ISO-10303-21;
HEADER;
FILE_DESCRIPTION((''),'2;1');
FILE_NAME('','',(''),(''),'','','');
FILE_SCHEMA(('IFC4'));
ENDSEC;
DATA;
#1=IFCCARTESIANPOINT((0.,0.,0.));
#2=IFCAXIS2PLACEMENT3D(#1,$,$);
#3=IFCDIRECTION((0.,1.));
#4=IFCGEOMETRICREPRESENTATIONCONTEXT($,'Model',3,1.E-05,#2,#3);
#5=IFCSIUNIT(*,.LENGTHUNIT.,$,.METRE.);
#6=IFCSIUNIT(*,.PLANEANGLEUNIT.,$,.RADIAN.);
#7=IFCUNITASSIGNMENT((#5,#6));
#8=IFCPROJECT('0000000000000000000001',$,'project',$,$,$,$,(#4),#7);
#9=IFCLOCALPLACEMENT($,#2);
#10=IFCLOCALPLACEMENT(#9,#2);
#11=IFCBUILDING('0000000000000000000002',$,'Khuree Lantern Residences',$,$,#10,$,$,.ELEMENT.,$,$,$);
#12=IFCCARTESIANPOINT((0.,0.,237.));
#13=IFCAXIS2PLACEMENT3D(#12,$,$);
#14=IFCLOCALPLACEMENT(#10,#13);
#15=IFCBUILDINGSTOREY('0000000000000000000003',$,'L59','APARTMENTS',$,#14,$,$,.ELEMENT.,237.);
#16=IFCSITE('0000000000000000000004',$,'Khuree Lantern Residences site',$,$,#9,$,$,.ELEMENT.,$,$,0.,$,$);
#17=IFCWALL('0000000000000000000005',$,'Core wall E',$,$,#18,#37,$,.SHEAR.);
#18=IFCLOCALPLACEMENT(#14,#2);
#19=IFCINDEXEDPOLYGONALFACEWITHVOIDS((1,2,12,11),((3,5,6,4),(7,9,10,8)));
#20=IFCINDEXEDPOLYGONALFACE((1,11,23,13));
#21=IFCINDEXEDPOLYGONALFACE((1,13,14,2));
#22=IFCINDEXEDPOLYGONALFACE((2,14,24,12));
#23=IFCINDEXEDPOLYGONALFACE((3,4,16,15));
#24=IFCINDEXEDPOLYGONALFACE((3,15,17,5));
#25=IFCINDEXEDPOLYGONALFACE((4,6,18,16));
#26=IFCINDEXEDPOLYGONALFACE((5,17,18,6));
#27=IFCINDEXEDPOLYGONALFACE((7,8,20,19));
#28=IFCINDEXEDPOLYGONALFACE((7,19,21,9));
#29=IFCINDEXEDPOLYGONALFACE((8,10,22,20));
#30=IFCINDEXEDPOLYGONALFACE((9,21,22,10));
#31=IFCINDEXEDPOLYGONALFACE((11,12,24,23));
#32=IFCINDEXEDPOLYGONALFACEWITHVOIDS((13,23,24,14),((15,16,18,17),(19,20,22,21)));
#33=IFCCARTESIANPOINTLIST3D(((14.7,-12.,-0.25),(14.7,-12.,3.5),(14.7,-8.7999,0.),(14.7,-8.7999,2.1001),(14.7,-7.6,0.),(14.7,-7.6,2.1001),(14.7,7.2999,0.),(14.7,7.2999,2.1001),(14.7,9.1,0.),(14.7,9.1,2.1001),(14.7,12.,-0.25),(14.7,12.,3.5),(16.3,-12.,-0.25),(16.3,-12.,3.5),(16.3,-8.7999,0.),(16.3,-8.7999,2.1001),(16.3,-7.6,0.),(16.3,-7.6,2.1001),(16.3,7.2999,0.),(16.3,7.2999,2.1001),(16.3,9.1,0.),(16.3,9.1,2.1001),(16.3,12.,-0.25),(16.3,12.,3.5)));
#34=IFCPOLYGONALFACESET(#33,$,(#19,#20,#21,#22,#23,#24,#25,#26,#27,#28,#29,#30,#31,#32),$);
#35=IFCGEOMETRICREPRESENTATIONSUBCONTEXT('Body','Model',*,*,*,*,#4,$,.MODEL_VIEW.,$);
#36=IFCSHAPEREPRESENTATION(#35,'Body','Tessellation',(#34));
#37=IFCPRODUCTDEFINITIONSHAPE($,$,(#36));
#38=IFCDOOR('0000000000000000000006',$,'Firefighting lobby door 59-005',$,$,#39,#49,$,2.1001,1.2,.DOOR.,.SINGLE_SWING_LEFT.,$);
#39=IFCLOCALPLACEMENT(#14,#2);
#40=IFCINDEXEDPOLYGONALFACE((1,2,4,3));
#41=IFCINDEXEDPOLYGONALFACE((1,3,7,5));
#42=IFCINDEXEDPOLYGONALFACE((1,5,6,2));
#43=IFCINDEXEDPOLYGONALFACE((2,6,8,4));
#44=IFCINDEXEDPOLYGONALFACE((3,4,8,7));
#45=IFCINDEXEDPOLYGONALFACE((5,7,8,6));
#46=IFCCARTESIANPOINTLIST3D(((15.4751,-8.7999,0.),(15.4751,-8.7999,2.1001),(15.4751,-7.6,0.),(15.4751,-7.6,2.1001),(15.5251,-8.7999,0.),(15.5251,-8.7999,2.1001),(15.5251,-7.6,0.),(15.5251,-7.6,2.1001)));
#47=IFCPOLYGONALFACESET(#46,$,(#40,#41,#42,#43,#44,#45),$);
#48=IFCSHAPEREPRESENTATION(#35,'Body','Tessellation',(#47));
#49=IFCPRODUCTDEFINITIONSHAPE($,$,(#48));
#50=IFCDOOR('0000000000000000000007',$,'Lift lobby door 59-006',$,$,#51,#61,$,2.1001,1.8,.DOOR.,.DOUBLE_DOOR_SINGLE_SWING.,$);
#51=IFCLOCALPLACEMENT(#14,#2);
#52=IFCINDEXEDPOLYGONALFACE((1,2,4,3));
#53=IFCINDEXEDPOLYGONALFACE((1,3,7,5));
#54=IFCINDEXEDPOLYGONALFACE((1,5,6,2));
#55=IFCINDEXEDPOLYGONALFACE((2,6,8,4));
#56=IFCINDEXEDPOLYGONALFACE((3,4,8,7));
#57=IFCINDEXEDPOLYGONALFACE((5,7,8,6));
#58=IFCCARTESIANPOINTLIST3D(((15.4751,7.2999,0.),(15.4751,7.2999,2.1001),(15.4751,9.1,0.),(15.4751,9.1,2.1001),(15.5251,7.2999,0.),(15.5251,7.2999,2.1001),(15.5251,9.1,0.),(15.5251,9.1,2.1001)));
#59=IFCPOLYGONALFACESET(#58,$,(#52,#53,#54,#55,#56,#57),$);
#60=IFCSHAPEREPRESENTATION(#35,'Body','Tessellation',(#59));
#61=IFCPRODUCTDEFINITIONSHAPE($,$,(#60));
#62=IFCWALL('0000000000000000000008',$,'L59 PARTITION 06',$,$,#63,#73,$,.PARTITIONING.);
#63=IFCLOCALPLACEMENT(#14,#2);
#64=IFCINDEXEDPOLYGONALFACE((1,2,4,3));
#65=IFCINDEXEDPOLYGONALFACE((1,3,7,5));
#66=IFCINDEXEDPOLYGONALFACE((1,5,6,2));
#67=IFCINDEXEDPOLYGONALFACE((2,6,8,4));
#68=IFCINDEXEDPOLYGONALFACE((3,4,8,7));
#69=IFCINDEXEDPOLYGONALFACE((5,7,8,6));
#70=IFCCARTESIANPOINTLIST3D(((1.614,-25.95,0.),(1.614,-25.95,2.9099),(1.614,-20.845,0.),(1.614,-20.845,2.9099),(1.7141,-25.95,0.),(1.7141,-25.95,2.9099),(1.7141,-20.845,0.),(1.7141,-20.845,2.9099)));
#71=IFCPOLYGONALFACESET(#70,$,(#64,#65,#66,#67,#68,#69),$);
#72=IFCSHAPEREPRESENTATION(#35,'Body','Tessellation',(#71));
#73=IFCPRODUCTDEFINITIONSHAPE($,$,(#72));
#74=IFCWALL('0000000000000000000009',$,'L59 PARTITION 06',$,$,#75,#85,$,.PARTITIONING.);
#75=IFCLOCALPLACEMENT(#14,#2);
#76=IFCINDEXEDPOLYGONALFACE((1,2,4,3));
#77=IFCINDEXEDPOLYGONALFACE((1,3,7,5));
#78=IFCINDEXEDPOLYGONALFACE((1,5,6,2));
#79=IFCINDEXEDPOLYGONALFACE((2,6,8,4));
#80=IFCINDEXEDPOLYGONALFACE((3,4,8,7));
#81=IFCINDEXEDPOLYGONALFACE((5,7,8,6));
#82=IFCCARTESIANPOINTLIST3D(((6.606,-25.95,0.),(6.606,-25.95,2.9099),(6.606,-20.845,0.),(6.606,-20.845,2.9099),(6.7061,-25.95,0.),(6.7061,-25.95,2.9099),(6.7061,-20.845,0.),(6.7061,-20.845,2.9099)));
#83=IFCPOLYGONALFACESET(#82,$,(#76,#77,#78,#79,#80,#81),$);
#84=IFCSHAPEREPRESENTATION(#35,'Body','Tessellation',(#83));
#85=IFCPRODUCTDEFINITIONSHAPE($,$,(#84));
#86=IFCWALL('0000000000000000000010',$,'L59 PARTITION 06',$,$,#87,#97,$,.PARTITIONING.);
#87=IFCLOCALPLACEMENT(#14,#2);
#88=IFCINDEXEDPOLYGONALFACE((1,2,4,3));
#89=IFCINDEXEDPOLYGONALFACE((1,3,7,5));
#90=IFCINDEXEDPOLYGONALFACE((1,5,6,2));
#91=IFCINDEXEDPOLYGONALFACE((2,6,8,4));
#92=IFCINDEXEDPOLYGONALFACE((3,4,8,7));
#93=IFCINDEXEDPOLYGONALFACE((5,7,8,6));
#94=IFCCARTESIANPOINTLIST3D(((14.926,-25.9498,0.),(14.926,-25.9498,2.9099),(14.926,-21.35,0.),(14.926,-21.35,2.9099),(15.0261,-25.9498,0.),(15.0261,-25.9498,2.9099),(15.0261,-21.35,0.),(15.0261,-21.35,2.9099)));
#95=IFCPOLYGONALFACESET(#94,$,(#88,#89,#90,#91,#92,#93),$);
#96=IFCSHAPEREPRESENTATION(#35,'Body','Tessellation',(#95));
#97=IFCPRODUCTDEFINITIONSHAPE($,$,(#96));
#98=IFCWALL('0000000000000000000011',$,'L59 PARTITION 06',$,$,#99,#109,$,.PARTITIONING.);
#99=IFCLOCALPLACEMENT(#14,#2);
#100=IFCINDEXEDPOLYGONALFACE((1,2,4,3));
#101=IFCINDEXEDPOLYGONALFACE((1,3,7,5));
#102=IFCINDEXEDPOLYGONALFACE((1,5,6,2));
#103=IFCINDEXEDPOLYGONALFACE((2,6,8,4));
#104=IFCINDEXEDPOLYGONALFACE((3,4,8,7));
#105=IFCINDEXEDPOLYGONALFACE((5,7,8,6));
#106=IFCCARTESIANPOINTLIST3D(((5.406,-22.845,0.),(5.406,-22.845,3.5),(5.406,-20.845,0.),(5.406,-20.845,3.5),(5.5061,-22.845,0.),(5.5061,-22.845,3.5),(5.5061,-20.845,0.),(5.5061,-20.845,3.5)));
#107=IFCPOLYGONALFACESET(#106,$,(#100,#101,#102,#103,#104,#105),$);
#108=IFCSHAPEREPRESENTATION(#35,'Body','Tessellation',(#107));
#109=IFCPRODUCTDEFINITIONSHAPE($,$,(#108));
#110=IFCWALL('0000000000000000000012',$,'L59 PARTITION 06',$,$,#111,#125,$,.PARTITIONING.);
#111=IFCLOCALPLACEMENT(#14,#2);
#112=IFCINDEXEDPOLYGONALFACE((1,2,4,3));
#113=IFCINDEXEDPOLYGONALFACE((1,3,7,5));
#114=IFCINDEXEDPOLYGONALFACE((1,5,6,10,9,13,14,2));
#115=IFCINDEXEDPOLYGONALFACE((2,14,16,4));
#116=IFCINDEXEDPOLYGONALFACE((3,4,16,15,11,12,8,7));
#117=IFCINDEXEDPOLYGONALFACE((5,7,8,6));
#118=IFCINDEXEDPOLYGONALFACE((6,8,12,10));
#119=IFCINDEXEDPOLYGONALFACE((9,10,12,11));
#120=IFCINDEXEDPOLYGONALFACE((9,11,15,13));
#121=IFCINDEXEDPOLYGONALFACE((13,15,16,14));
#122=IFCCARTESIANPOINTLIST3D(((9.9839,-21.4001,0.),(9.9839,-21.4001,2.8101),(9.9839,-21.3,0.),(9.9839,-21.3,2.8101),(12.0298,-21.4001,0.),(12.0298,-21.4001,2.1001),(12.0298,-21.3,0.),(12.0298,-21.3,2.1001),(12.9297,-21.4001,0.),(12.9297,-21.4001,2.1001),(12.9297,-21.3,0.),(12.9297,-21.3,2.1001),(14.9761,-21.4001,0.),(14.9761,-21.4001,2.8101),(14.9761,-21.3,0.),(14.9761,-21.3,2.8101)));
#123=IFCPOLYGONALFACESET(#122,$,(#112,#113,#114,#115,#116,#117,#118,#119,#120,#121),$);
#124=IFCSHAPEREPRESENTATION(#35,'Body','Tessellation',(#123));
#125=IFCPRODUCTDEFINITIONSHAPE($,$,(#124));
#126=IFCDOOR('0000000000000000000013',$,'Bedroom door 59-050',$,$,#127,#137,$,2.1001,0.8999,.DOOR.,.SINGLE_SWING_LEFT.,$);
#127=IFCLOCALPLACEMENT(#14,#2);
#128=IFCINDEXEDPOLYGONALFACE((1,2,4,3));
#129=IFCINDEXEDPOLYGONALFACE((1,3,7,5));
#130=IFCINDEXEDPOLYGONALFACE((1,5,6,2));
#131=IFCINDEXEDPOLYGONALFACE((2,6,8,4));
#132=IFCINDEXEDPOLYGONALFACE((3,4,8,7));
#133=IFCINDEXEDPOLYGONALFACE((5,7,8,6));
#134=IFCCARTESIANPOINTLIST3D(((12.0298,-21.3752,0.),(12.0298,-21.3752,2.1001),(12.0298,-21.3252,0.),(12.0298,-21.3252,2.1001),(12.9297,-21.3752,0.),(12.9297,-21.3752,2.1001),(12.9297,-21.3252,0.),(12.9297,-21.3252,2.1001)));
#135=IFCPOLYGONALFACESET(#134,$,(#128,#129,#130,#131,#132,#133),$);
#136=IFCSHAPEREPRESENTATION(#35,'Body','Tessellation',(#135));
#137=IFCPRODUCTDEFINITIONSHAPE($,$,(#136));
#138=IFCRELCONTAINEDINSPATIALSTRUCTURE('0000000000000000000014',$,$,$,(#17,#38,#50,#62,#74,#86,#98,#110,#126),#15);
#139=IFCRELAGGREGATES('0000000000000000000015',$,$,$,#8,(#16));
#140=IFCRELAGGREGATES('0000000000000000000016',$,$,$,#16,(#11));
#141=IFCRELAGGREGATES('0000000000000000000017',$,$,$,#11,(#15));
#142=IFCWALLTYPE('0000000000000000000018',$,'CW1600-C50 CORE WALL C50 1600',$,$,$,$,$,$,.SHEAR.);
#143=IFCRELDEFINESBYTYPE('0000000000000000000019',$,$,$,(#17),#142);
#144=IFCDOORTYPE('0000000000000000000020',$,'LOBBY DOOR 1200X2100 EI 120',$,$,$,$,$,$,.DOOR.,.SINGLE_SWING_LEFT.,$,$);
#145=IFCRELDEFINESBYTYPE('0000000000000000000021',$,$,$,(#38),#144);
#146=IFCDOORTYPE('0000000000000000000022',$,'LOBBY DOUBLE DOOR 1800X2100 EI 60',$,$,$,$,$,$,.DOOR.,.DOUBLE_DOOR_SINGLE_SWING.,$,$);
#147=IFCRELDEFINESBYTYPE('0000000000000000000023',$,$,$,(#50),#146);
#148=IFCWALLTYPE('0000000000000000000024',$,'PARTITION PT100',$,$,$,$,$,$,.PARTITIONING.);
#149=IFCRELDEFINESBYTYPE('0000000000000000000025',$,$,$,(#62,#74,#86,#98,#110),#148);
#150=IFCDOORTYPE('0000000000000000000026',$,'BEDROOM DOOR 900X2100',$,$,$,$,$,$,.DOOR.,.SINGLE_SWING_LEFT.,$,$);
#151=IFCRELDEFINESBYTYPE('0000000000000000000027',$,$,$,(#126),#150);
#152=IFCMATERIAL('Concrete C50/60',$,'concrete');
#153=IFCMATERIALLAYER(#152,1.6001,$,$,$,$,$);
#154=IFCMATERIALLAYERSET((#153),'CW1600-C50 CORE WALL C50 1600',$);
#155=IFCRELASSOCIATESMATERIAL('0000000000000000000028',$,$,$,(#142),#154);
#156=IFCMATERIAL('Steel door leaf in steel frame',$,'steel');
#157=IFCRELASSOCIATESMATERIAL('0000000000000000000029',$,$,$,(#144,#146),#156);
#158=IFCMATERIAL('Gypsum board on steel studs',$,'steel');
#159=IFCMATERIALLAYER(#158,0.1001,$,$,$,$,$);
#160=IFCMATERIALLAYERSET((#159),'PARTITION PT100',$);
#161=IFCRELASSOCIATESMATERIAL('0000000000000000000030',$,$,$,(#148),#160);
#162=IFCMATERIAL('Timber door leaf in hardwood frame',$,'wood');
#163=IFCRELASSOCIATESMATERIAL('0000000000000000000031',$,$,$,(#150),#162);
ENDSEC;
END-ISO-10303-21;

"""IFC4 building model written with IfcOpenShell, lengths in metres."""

from ifc_helpers import new_model, si_unit, direction, frame, frame_2d, origin, place, context, subcontext, project, spatial, rectangle, extrude, material, layer, layer_set, type_object, element, fill, save


model = new_model("IFC4")

# Units and contexts
model_context = context("Model", 3, precision=1e-05, world=origin(), true_north=direction((0.0, 1.0)))
body_context = subcontext(model_context, "Body", "Model", "MODEL_VIEW")
ifc_project = project(units=[si_unit("LENGTHUNIT", "METRE"), si_unit("PLANEANGLEUNIT", "RADIAN")], contexts=[model_context])

# Site, building, storey
site_placement = place(None, origin())
site = spatial("IfcSite", under=ifc_project, at=site_placement, Name="Khuree Lantern Residences site", CompositionType="ELEMENT", RefElevation=0.0)
building_placement = place(site_placement, origin())
building = spatial("IfcBuilding", under=site, at=building_placement, Name="Khuree Lantern Residences", CompositionType="ELEMENT")
storey_placement = place(building_placement, frame((0.0, 0.0, 237.0)))
storey = spatial("IfcBuildingStorey", under=building, at=storey_placement, Name="L59", Description="APARTMENTS", CompositionType="ELEMENT", Elevation=237.0)

# Shared definitions
ifc_material_1 = material(Name="Concrete C50/60", Category="concrete")

# Shared definitions
ifc_material_2 = material(Name="Gypsum board on steel studs", Category="steel")

# Wall, openings, doors
ifc_material_3 = material(Name="Timber door leaf in hardwood frame", Category="wood")
ifc_layer_1 = layer(ifc_material_1, 1.6001)
ifc_layer_set_1 = layer_set([ifc_layer_1], Name="CW1600-C50 CORE WALL C50 1600")
wall_type_1 = type_object("IfcWallType", Name="CW1600-C50 CORE WALL C50 1600", PredefinedType="SHEAR", material=ifc_layer_set_1)
wall_1_placement = place(storey_placement, frame((15.5, -12.0, -0.25), z_axis=(0.0, 0.0, 1.0), x_axis=(0.0, 1.0, 0.0)))
wall_1 = element("IfcWall", 1, at=wall_1_placement, inside=storey, type_object=wall_type_1, Name="Core wall E", PredefinedType="SHEAR", context=body_context, shape_type="SweptSolid", body=[
    extrude(rectangle(XDim=24.0, YDim=1.6001, at=frame_2d((12.0, 0.0))), origin(), (0.0, 0.0, 1.0), 3.75),
])
opening_1_placement = place(wall_1_placement, frame((3.2, 0.0, 0.25)))
opening_1 = element("IfcOpeningElement", 2, at=opening_1_placement, cuts=wall_1, PredefinedType="OPENING", context=body_context, shape_type="SweptSolid", body=[
    extrude(rectangle(XDim=1.2, YDim=2.1001, at=frame_2d((0.6001, 1.05))), frame((0.0, 0.8101, 0.0), z_axis=(0.0, -1.0, 0.0), x_axis=(1.0, 0.0, 0.0)), (0.0, 0.0, 1.0), 1.6201),
])
opening_2_placement = place(wall_1_placement, frame((19.3, 0.0, 0.25)))
opening_2 = element("IfcOpeningElement", 3, at=opening_2_placement, cuts=wall_1, PredefinedType="OPENING", context=body_context, shape_type="SweptSolid", body=[
    extrude(rectangle(XDim=1.8, YDim=2.1001, at=frame_2d((0.8999, 1.05))), frame((0.0, 0.8101, 0.0), z_axis=(0.0, -1.0, 0.0), x_axis=(1.0, 0.0, 0.0)), (0.0, 0.0, 1.0), 1.6201),
])
ifc_material_4 = material(Name="Steel door leaf in steel frame", Category="steel")
door_type_1 = type_object("IfcDoorType", Name="LOBBY DOOR 1200X2100 EI 120", OperationType="SINGLE_SWING_LEFT", PredefinedType="DOOR", material=ifc_material_4)
door_1_placement = place(opening_1_placement, origin())
door_1 = element("IfcDoor", 4, at=door_1_placement, inside=storey, type_object=door_type_1, Name="Firefighting lobby door 59-005", OperationType="SINGLE_SWING_LEFT", OverallHeight=2.1001, OverallWidth=1.2, PredefinedType="DOOR", context=body_context, shape_type="SweptSolid", body=[
    extrude(rectangle(XDim=1.2, YDim=2.1001, at=frame_2d((0.6001, 1.05))), frame((0.0, 0.0249, 0.0), z_axis=(0.0, -1.0, 0.0), x_axis=(1.0, 0.0, 0.0)), (0.0, 0.0, 1.0), 0.05),
])
fill(opening_1, door_1)
door_type_2 = type_object("IfcDoorType", Name="LOBBY DOUBLE DOOR 1800X2100 EI 60", OperationType="DOUBLE_DOOR_SINGLE_SWING", PredefinedType="DOOR", material=ifc_material_4)
door_2_placement = place(opening_2_placement, origin())
door_2 = element("IfcDoor", 5, at=door_2_placement, inside=storey, type_object=door_type_2, Name="Lift lobby door 59-006", OperationType="DOUBLE_DOOR_SINGLE_SWING", OverallHeight=2.1001, OverallWidth=1.8, PredefinedType="DOOR", context=body_context, shape_type="SweptSolid", body=[
    extrude(rectangle(XDim=1.8, YDim=2.1001, at=frame_2d((0.8999, 1.05))), frame((0.0, 0.0249, 0.0), z_axis=(0.0, -1.0, 0.0), x_axis=(1.0, 0.0, 0.0)), (0.0, 0.0, 1.0), 0.05),
])
fill(opening_2, door_2)

# Walls
ifc_layer_2 = layer(ifc_material_2, 0.1001)
ifc_layer_set_2 = layer_set([ifc_layer_2], Name="PARTITION PT100")
wall_type_2 = type_object("IfcWallType", Name="PARTITION PT100", PredefinedType="PARTITIONING", material=ifc_layer_set_2)
for number, where, z_axis, x_axis, name in (
    (6, (1.6641, -20.845, 0.0), (0.0, 0.0, 1.0), (0.0, -1.0, 0.0), "L59 PARTITION 06"),
    (7, (6.656, -20.845, 0.0), (0.0, 0.0, 1.0), (0.0, -1.0, 0.0), "L59 PARTITION 06"),
):
    element("IfcWall", number, at=place(storey_placement, frame(where, z_axis=z_axis, x_axis=x_axis)), inside=storey, type_object=wall_type_2, Name=name, PredefinedType="PARTITIONING", context=body_context, shape_type="SweptSolid", body=[
        extrude(rectangle(XDim=5.105, YDim=0.1001, at=frame_2d((2.5525, 0.0))), origin(), (0.0, 0.0, 1.0), 2.9099),
    ])
wall_2_placement = place(storey_placement, frame((14.9761, -21.3501, 0.0), z_axis=(0.0, 0.0, 1.0), x_axis=(0.0, -1.0, 0.0)))
element("IfcWall", 8, at=wall_2_placement, inside=storey, type_object=wall_type_2, Name="L59 PARTITION 06", PredefinedType="PARTITIONING", context=body_context, shape_type="SweptSolid", body=[
    extrude(rectangle(XDim=4.5999, YDim=0.1001, at=frame_2d((2.2998, 0.0))), origin(), (0.0, 0.0, 1.0), 2.9099),
])
wall_3_placement = place(storey_placement, frame((5.4561, -20.845, 0.0), z_axis=(0.0, 0.0, 1.0), x_axis=(0.0, -1.0, 0.0)))
element("IfcWall", 9, at=wall_3_placement, inside=storey, type_object=wall_type_2, Name="L59 PARTITION 06", PredefinedType="PARTITIONING", context=body_context, shape_type="SweptSolid", body=[
    extrude(rectangle(XDim=2.0, YDim=0.1001, at=frame_2d((1.0, 0.0))), origin(), (0.0, 0.0, 1.0), 3.5),
])

# Wall, opening, door
wall_4_placement = place(storey_placement, frame((9.9839, -21.3501, 0.0), z_axis=(0.0, 0.0, 1.0), x_axis=(1.0, 0.0, 0.0)))
wall_4 = element("IfcWall", 10, at=wall_4_placement, inside=storey, type_object=wall_type_2, Name="L59 PARTITION 06", PredefinedType="PARTITIONING", context=body_context, shape_type="SweptSolid", body=[
    extrude(rectangle(XDim=4.9922, YDim=0.1001, at=frame_2d((2.4961, 0.0))), origin(), (0.0, 0.0, 1.0), 2.8101),
])
opening_3_placement = place(wall_4_placement, frame((2.0459, 0.0, 0.0)))
opening_3 = element("IfcOpeningElement", 11, at=opening_3_placement, cuts=wall_4, PredefinedType="OPENING", context=body_context, shape_type="SweptSolid", body=[
    extrude(rectangle(XDim=0.8999, YDim=2.1001, at=frame_2d((0.45, 1.05))), frame((0.0, 0.0601, 0.0), z_axis=(0.0, -1.0, 0.0), x_axis=(1.0, 0.0, 0.0)), (0.0, 0.0, 1.0), 0.1201),
])
door_type_3 = type_object("IfcDoorType", Name="BEDROOM DOOR 900X2100", OperationType="SINGLE_SWING_LEFT", PredefinedType="DOOR", material=ifc_material_3)
door_3_placement = place(opening_3_placement, origin())
door_3 = element("IfcDoor", 12, at=door_3_placement, inside=storey, type_object=door_type_3, Name="Bedroom door 59-050", OperationType="SINGLE_SWING_LEFT", OverallHeight=2.1001, OverallWidth=0.8999, PredefinedType="DOOR", context=body_context, shape_type="SweptSolid", body=[
    extrude(rectangle(XDim=0.8999, YDim=2.1001, at=frame_2d((0.45, 1.05))), frame((0.0, 0.0249, 0.0), z_axis=(0.0, -1.0, 0.0), x_axis=(1.0, 0.0, 0.0)), (0.0, 0.0, 1.0), 0.05),
])
fill(opening_3, door_3)

save(model, "model.ifc")
